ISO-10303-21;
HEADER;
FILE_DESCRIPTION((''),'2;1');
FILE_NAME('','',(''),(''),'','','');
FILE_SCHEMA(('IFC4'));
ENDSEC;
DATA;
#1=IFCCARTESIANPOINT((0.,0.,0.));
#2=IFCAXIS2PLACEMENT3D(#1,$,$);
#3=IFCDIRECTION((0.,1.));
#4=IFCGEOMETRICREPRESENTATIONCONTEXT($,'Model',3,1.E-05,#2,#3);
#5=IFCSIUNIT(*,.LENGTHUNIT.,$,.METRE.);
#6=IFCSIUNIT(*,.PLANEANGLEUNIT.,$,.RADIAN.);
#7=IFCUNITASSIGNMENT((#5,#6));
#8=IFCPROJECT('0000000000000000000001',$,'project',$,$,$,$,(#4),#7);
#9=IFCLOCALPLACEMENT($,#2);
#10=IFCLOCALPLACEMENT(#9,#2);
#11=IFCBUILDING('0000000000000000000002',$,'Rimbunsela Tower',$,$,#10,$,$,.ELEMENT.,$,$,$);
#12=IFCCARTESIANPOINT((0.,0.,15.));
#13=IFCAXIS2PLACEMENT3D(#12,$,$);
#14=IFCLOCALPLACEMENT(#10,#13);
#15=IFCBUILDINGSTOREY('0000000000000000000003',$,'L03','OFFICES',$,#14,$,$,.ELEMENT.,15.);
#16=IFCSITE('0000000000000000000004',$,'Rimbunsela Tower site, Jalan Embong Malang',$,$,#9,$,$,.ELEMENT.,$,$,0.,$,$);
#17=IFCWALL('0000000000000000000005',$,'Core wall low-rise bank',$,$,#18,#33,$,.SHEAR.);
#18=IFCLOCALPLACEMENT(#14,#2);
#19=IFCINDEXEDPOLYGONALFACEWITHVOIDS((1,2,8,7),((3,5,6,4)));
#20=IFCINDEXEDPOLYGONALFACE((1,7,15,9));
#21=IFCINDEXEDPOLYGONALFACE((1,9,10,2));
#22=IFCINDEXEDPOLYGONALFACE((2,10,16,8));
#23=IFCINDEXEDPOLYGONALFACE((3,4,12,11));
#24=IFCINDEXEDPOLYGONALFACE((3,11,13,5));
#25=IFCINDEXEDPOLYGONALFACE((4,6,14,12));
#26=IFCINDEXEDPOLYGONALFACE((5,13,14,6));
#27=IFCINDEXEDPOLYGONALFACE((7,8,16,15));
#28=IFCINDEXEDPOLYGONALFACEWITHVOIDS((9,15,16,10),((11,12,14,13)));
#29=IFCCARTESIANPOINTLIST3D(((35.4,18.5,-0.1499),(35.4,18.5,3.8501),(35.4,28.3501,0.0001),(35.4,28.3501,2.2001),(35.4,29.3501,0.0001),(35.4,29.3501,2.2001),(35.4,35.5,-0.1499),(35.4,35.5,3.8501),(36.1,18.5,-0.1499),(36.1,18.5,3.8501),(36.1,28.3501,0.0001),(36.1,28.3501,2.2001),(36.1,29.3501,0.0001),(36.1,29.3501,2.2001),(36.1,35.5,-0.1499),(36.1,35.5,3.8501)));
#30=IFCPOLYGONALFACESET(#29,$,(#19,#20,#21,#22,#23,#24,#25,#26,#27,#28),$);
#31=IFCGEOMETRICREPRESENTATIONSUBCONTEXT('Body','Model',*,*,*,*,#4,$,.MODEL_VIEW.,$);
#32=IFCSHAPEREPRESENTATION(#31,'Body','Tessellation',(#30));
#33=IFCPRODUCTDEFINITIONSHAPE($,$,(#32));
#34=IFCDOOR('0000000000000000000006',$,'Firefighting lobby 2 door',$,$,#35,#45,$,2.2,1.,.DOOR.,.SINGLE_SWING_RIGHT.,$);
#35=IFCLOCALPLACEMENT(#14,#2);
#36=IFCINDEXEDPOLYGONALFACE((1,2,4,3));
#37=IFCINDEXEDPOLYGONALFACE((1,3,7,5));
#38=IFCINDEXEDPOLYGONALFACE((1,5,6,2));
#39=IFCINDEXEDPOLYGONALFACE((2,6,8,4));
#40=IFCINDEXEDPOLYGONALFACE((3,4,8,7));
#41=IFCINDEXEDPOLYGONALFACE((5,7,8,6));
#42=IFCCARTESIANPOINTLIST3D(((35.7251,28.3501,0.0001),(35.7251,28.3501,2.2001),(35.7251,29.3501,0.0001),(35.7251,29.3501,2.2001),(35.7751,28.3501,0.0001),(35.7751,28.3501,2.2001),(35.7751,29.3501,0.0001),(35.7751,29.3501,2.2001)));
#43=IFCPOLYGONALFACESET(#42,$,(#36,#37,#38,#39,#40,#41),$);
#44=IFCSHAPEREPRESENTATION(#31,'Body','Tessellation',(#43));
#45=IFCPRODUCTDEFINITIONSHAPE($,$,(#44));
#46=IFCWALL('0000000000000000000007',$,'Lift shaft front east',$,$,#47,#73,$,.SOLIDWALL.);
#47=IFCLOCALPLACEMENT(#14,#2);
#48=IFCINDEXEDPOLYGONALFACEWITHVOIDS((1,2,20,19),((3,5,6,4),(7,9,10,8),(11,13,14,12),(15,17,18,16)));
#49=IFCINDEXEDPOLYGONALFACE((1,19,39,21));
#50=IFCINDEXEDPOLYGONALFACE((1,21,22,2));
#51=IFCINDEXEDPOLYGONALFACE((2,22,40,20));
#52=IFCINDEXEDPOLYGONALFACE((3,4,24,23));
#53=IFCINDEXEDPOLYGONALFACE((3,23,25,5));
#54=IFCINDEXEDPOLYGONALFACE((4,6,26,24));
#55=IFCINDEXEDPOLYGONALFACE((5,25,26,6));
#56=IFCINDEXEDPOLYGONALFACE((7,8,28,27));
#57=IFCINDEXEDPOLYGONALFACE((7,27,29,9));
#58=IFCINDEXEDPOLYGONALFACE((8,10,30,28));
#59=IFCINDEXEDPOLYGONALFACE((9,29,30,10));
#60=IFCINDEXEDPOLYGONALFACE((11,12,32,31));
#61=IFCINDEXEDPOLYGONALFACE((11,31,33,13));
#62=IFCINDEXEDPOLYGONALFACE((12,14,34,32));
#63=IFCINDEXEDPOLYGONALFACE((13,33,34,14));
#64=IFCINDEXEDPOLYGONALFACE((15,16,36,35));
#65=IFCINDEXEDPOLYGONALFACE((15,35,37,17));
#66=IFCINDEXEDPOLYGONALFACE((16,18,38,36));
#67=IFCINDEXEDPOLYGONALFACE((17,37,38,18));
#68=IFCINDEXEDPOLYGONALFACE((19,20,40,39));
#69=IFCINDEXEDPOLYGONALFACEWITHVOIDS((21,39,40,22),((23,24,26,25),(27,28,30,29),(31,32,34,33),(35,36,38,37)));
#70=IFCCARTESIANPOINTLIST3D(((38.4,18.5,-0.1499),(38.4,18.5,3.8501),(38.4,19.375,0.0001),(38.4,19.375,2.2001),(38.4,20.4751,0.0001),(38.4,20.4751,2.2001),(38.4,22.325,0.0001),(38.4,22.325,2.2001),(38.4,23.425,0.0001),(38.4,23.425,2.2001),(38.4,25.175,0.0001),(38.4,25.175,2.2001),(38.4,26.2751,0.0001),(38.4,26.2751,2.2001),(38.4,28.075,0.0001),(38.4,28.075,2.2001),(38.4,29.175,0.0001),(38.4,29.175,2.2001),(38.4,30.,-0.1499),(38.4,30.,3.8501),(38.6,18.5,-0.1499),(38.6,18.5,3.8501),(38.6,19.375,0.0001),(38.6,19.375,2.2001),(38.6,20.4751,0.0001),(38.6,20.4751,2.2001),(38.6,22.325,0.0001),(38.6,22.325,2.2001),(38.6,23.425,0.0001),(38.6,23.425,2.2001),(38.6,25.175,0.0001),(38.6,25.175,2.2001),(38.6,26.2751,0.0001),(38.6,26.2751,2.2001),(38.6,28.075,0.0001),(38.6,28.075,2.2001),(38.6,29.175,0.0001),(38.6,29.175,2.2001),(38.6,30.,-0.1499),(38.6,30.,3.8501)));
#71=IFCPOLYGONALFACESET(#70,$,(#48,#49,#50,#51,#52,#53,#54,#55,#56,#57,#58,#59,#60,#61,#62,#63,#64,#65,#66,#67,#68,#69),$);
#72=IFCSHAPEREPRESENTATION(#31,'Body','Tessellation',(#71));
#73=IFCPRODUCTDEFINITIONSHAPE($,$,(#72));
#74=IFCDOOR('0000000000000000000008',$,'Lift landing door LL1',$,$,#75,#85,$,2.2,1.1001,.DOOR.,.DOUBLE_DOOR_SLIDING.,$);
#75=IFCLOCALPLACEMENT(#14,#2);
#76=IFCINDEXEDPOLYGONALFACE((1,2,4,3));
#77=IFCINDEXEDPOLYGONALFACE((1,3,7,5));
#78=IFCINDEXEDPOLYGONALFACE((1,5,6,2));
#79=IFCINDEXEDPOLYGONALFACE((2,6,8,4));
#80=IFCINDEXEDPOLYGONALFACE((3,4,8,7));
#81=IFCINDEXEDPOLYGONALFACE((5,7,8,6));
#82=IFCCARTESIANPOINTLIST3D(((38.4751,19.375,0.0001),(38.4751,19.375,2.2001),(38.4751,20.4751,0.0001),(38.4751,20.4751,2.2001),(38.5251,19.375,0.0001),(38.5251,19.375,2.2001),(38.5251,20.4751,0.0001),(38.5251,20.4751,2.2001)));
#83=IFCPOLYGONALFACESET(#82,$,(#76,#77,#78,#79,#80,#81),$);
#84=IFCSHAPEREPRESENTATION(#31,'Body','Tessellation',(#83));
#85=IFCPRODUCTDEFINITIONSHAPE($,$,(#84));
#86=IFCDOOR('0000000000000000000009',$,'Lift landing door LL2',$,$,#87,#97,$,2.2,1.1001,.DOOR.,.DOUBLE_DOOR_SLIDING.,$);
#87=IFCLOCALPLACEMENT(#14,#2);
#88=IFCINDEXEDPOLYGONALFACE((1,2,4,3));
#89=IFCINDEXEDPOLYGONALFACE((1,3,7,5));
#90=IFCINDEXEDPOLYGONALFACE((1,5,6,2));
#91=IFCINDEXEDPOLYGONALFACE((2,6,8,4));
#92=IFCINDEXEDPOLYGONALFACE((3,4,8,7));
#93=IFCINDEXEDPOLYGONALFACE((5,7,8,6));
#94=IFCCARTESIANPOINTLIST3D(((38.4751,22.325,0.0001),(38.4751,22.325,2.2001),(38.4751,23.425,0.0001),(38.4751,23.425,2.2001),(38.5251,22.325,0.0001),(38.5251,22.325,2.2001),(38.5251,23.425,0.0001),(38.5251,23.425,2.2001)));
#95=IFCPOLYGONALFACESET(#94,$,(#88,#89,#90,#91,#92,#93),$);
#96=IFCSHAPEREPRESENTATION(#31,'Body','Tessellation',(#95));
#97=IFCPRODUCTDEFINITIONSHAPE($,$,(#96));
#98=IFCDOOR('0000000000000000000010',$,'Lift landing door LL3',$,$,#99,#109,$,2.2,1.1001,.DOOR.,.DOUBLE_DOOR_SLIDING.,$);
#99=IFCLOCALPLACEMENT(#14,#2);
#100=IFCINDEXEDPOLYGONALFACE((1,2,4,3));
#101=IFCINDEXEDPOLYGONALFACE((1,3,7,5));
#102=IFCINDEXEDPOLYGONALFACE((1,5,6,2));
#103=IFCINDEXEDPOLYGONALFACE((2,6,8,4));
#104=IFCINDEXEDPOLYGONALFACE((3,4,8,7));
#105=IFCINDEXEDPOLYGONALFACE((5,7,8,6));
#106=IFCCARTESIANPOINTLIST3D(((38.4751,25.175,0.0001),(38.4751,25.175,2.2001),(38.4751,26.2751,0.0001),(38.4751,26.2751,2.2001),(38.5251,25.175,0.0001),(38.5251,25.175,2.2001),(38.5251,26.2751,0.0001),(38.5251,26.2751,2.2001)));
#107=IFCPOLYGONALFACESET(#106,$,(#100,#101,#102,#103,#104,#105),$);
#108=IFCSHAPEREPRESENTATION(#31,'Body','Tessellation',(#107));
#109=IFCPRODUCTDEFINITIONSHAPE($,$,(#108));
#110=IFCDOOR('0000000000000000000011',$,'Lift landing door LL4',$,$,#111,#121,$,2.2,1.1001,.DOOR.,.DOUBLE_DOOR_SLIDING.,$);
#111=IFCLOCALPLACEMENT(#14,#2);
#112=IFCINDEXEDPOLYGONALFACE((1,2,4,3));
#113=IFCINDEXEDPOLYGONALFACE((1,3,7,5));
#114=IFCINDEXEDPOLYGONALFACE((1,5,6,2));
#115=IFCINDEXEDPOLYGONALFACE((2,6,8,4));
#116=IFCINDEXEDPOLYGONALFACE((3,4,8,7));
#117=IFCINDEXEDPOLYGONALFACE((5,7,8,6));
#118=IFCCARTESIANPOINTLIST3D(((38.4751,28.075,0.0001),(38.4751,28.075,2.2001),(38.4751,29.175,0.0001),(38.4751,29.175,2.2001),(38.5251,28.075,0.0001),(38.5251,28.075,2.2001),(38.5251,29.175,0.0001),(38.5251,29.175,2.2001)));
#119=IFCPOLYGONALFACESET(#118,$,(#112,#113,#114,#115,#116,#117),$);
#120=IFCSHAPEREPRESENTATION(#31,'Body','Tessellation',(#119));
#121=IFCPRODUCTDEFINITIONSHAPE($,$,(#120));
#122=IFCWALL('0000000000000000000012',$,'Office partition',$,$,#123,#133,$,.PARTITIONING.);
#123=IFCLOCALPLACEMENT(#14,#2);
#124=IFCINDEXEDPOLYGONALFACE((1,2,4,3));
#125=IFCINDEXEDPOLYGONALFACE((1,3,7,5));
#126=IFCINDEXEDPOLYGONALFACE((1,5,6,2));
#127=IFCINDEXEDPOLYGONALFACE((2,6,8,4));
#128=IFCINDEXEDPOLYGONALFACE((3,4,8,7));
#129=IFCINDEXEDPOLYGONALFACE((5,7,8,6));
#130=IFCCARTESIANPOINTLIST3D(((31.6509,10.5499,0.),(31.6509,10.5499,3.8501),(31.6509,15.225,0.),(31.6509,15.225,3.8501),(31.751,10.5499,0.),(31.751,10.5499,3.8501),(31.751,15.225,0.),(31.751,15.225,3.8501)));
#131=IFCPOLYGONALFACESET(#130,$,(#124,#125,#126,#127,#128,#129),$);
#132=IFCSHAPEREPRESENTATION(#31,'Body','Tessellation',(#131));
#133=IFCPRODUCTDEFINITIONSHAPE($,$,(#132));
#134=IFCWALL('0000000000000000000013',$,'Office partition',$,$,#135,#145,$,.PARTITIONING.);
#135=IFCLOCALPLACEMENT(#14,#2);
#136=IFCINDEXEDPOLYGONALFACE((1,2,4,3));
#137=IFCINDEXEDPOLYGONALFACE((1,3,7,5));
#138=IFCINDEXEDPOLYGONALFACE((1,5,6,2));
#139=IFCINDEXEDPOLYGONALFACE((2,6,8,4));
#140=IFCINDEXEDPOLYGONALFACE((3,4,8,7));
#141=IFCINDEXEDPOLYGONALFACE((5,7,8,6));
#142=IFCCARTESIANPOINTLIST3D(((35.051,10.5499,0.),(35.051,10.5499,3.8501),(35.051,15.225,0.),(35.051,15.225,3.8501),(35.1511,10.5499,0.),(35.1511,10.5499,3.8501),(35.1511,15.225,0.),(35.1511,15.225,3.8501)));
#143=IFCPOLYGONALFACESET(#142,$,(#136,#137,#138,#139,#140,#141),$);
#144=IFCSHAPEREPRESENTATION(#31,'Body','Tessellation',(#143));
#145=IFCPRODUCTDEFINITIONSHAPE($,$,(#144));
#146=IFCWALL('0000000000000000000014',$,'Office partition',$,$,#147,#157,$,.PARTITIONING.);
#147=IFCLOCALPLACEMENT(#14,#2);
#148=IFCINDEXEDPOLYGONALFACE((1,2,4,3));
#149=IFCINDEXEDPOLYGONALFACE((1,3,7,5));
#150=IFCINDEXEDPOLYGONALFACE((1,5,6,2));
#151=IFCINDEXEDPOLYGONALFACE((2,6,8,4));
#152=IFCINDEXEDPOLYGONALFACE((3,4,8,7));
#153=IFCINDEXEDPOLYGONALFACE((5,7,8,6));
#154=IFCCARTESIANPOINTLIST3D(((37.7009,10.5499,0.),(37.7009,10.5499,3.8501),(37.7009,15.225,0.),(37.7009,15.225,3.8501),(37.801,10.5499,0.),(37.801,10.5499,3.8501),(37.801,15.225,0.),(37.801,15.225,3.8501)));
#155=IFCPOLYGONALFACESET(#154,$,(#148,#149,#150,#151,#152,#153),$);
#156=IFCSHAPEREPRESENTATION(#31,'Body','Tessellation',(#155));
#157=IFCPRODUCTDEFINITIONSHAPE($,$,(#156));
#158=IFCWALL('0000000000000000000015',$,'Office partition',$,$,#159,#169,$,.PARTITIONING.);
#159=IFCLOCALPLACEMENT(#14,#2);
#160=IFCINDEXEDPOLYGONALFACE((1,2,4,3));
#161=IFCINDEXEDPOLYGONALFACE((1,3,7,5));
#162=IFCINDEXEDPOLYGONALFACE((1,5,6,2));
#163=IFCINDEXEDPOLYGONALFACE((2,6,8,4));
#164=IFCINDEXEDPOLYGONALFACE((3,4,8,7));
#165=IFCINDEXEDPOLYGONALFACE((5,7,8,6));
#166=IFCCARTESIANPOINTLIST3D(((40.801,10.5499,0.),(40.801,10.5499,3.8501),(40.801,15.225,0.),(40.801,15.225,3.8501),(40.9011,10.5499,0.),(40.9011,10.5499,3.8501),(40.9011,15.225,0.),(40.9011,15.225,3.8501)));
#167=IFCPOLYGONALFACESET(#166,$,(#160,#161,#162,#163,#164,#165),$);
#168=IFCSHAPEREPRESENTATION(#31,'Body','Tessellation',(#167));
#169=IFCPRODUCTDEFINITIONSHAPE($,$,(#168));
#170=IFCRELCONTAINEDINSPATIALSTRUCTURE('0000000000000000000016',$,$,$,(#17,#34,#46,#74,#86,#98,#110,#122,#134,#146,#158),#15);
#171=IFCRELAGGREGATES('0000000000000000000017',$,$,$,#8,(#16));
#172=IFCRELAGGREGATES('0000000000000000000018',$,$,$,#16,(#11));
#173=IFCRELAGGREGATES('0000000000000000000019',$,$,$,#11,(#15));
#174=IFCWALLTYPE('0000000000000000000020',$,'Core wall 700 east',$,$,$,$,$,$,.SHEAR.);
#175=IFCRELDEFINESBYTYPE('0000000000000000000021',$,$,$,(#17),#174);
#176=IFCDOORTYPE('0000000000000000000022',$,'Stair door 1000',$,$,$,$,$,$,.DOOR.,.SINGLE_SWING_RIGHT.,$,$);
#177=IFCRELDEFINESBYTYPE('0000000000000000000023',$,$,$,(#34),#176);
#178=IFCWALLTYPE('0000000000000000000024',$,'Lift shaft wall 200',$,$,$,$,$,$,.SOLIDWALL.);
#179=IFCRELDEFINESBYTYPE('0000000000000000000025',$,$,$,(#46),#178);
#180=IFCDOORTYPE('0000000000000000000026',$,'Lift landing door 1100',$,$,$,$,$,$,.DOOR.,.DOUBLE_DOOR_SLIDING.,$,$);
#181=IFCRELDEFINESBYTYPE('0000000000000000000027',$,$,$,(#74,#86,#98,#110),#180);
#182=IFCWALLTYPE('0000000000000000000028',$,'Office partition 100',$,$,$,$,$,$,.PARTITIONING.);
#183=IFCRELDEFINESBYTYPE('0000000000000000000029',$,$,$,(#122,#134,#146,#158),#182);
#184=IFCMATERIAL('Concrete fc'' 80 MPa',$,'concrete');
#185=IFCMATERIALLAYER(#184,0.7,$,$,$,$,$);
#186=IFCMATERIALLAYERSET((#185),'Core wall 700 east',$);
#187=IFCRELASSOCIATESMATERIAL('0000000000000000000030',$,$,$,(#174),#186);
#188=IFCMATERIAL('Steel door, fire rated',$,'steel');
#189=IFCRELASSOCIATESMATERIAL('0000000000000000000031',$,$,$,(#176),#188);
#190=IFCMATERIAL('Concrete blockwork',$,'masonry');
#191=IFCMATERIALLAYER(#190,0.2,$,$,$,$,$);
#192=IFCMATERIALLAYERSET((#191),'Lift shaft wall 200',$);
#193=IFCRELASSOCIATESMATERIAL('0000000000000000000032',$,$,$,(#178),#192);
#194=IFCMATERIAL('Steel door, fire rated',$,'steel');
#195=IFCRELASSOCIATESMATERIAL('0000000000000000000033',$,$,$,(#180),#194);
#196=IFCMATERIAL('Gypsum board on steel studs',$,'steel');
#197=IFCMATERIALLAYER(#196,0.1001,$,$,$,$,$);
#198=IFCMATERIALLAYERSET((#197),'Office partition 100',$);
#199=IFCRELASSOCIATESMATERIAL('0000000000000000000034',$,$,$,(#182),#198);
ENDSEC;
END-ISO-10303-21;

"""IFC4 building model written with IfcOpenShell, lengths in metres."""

from ifc_helpers import new_model, si_unit, direction, frame, frame_2d, origin, place, context, subcontext, project, spatial, rectangle, extrude, material, layer, layer_set, type_object, element, fill, save


model = new_model("IFC4")

# Units and contexts
model_context = context("Model", 3, precision=1e-05, world=origin(), true_north=direction((0.0, 1.0)))
body_context = subcontext(model_context, "Body", "Model", "MODEL_VIEW")
ifc_project = project(units=[si_unit("LENGTHUNIT", "METRE"), si_unit("PLANEANGLEUNIT", "RADIAN")], contexts=[model_context])

# Site, building, storey
site_placement = place(None, origin())
site = spatial("IfcSite", under=ifc_project, at=site_placement, Name="Rimbunsela Tower site, Jalan Embong Malang", CompositionType="ELEMENT", RefElevation=0.0)
building_placement = place(site_placement, origin())
building = spatial("IfcBuilding", under=site, at=building_placement, Name="Rimbunsela Tower", CompositionType="ELEMENT")
storey_placement = place(building_placement, frame((0.0, 0.0, 15.0)))
storey = spatial("IfcBuildingStorey", under=building, at=storey_placement, Name="L03", Description="OFFICES", CompositionType="ELEMENT", Elevation=15.0)

# Wall, opening, door
ifc_material_1 = material(Name="Concrete fc' 80 MPa", Category="concrete")
ifc_layer_1 = layer(ifc_material_1, 0.7)
ifc_layer_set_1 = layer_set([ifc_layer_1], Name="Core wall 700 east")
wall_type_1 = type_object("IfcWallType", Name="Core wall 700 east", PredefinedType="SHEAR", material=ifc_layer_set_1)
wall_1_placement = place(storey_placement, frame((35.75, 18.5, -0.1499), z_axis=(0.0, 0.0, 1.0), x_axis=(0.0, 1.0, 0.0)))
wall_1 = element("IfcWall", 1, at=wall_1_placement, inside=storey, type_object=wall_type_1, Name="Core wall low-rise bank", PredefinedType="SHEAR", context=body_context, shape_type="SweptSolid", body=[
    extrude(rectangle(XDim=17.0, YDim=0.7, at=frame_2d((8.5, 0.0))), origin(), (0.0, 0.0, 1.0), 4.0),
])
opening_1_placement = place(wall_1_placement, frame((9.8501, 0.0, 0.1499)))
opening_1 = element("IfcOpeningElement", 2, at=opening_1_placement, cuts=wall_1, PredefinedType="OPENING", context=body_context, shape_type="SweptSolid", body=[
    extrude(rectangle(XDim=1.0, YDim=2.2, at=frame_2d((0.5, 1.1001))), frame((0.0, 0.3599, 0.0), z_axis=(0.0, -1.0, 0.0), x_axis=(1.0, 0.0, 0.0)), (0.0, 0.0, 1.0), 0.72),
])
ifc_material_2 = material(Name="Steel door, fire rated", Category="steel")
door_type_1 = type_object("IfcDoorType", Name="Stair door 1000", OperationType="SINGLE_SWING_RIGHT", PredefinedType="DOOR", material=ifc_material_2)
door_1_placement = place(opening_1_placement, origin())
door_1 = element("IfcDoor", 3, at=door_1_placement, inside=storey, type_object=door_type_1, Name="Firefighting lobby 2 door", OperationType="SINGLE_SWING_RIGHT", OverallHeight=2.2, OverallWidth=1.0, PredefinedType="DOOR", context=body_context, shape_type="SweptSolid", body=[
    extrude(rectangle(XDim=1.0, YDim=2.2, at=frame_2d((0.5, 1.1001))), frame((0.0, 0.0249, 0.0), z_axis=(0.0, -1.0, 0.0), x_axis=(1.0, 0.0, 0.0)), (0.0, 0.0, 1.0), 0.05),
])
fill(opening_1, door_1)

# Wall, openings, doors
ifc_material_3 = material(Name="Concrete blockwork", Category="masonry")
ifc_layer_2 = layer(ifc_material_3, 0.2)
ifc_layer_set_2 = layer_set([ifc_layer_2], Name="Lift shaft wall 200")
wall_type_2 = type_object("IfcWallType", Name="Lift shaft wall 200", PredefinedType="SOLIDWALL", material=ifc_layer_set_2)
wall_2_placement = place(storey_placement, frame((38.5, 18.5, -0.1499), z_axis=(0.0, 0.0, 1.0), x_axis=(0.0, 1.0, 0.0)))
wall_2 = element("IfcWall", 4, at=wall_2_placement, inside=storey, type_object=wall_type_2, Name="Lift shaft front east", PredefinedType="SOLIDWALL", context=body_context, shape_type="SweptSolid", body=[
    extrude(rectangle(XDim=11.5, YDim=0.2, at=frame_2d((5.75, 0.0))), origin(), (0.0, 0.0, 1.0), 4.0),
])
opening_2_placement = place(wall_2_placement, frame((0.875, 0.0, 0.1499)))
opening_2 = element("IfcOpeningElement", 5, at=opening_2_placement, cuts=wall_2, PredefinedType="OPENING", context=body_context, shape_type="SweptSolid", body=[
    extrude(rectangle(XDim=1.1001, YDim=2.2, at=frame_2d((0.55, 1.1001))), frame((0.0, 0.1099, 0.0), z_axis=(0.0, -1.0, 0.0), x_axis=(1.0, 0.0, 0.0)), (0.0, 0.0, 1.0), 0.22),
])
opening_3_placement = place(wall_2_placement, frame((3.825, 0.0, 0.1499)))
opening_3 = element("IfcOpeningElement", 6, at=opening_3_placement, cuts=wall_2, PredefinedType="OPENING", context=body_context, shape_type="SweptSolid", body=[
    extrude(rectangle(XDim=1.1001, YDim=2.2, at=frame_2d((0.55, 1.1001))), frame((0.0, 0.1099, 0.0), z_axis=(0.0, -1.0, 0.0), x_axis=(1.0, 0.0, 0.0)), (0.0, 0.0, 1.0), 0.22),
])
opening_4_placement = place(wall_2_placement, frame((6.675, 0.0, 0.1499)))
opening_4 = element("IfcOpeningElement", 7, at=opening_4_placement, cuts=wall_2, PredefinedType="OPENING", context=body_context, shape_type="SweptSolid", body=[
    extrude(rectangle(XDim=1.1001, YDim=2.2, at=frame_2d((0.55, 1.1001))), frame((0.0, 0.1099, 0.0), z_axis=(0.0, -1.0, 0.0), x_axis=(1.0, 0.0, 0.0)), (0.0, 0.0, 1.0), 0.22),
])
opening_5_placement = place(wall_2_placement, frame((9.575, 0.0, 0.1499)))
opening_5 = element("IfcOpeningElement", 8, at=opening_5_placement, cuts=wall_2, PredefinedType="OPENING", context=body_context, shape_type="SweptSolid", body=[
    extrude(rectangle(XDim=1.1001, YDim=2.2, at=frame_2d((0.55, 1.1001))), frame((0.0, 0.1099, 0.0), z_axis=(0.0, -1.0, 0.0), x_axis=(1.0, 0.0, 0.0)), (0.0, 0.0, 1.0), 0.22),
])
ifc_material_4 = material(Name="Steel door, fire rated", Category="steel")
door_type_2 = type_object("IfcDoorType", Name="Lift landing door 1100", OperationType="DOUBLE_DOOR_SLIDING", PredefinedType="DOOR", material=ifc_material_4)
door_2_placement = place(opening_2_placement, origin())
door_2 = element("IfcDoor", 9, at=door_2_placement, inside=storey, type_object=door_type_2, Name="Lift landing door LL1", OperationType="DOUBLE_DOOR_SLIDING", OverallHeight=2.2, OverallWidth=1.1001, PredefinedType="DOOR", context=body_context, shape_type="SweptSolid", body=[
    extrude(rectangle(XDim=1.1001, YDim=2.2, at=frame_2d((0.55, 1.1001))), frame((0.0, 0.0249, 0.0), z_axis=(0.0, -1.0, 0.0), x_axis=(1.0, 0.0, 0.0)), (0.0, 0.0, 1.0), 0.05),
])
fill(opening_2, door_2)
door_3_placement = place(opening_3_placement, origin())
door_3 = element("IfcDoor", 10, at=door_3_placement, inside=storey, type_object=door_type_2, Name="Lift landing door LL2", OperationType="DOUBLE_DOOR_SLIDING", OverallHeight=2.2, OverallWidth=1.1001, PredefinedType="DOOR", context=body_context, shape_type="SweptSolid", body=[
    extrude(rectangle(XDim=1.1001, YDim=2.2, at=frame_2d((0.55, 1.1001))), frame((0.0, 0.0249, 0.0), z_axis=(0.0, -1.0, 0.0), x_axis=(1.0, 0.0, 0.0)), (0.0, 0.0, 1.0), 0.05),
])
fill(opening_3, door_3)
door_4_placement = place(opening_4_placement, origin())
door_4 = element("IfcDoor", 11, at=door_4_placement, inside=storey, type_object=door_type_2, Name="Lift landing door LL3", OperationType="DOUBLE_DOOR_SLIDING", OverallHeight=2.2, OverallWidth=1.1001, PredefinedType="DOOR", context=body_context, shape_type="SweptSolid", body=[
    extrude(rectangle(XDim=1.1001, YDim=2.2, at=frame_2d((0.55, 1.1001))), frame((0.0, 0.0249, 0.0), z_axis=(0.0, -1.0, 0.0), x_axis=(1.0, 0.0, 0.0)), (0.0, 0.0, 1.0), 0.05),
])
fill(opening_4, door_4)
door_5_placement = place(opening_5_placement, origin())
door_5 = element("IfcDoor", 12, at=door_5_placement, inside=storey, type_object=door_type_2, Name="Lift landing door LL4", OperationType="DOUBLE_DOOR_SLIDING", OverallHeight=2.2, OverallWidth=1.1001, PredefinedType="DOOR", context=body_context, shape_type="SweptSolid", body=[
    extrude(rectangle(XDim=1.1001, YDim=2.2, at=frame_2d((0.55, 1.1001))), frame((0.0, 0.0249, 0.0), z_axis=(0.0, -1.0, 0.0), x_axis=(1.0, 0.0, 0.0)), (0.0, 0.0, 1.0), 0.05),
])
fill(opening_5, door_5)

# Walls
ifc_material_5 = material(Name="Gypsum board on steel studs", Category="steel")
ifc_layer_3 = layer(ifc_material_5, 0.1001)
ifc_layer_set_3 = layer_set([ifc_layer_3], Name="Office partition 100")
wall_type_3 = type_object("IfcWallType", Name="Office partition 100", PredefinedType="PARTITIONING", material=ifc_layer_set_3)
for number, where, z_axis, x_axis, name in (
    (13, (31.7009, 10.55, 0.0), (0.0, 0.0, 1.0), (0.0, 1.0, 0.0), "Office partition"),
    (14, (35.1011, 10.55, 0.0), (0.0, 0.0, 1.0), (0.0, 1.0, 0.0), "Office partition"),
    (15, (37.751, 10.55, 0.0), (0.0, 0.0, 1.0), (0.0, 1.0, 0.0), "Office partition"),
    (16, (40.8511, 10.55, 0.0), (0.0, 0.0, 1.0), (0.0, 1.0, 0.0), "Office partition"),
):
    element("IfcWall", number, at=place(storey_placement, frame(where, z_axis=z_axis, x_axis=x_axis)), inside=storey, type_object=wall_type_3, Name=name, PredefinedType="PARTITIONING", context=body_context, shape_type="SweptSolid", body=[
        extrude(rectangle(XDim=4.675, YDim=0.1001, at=frame_2d((2.3374, 0.0))), origin(), (0.0, 0.0, 1.0), 3.8501),
    ])

save(model, "model.ifc")
